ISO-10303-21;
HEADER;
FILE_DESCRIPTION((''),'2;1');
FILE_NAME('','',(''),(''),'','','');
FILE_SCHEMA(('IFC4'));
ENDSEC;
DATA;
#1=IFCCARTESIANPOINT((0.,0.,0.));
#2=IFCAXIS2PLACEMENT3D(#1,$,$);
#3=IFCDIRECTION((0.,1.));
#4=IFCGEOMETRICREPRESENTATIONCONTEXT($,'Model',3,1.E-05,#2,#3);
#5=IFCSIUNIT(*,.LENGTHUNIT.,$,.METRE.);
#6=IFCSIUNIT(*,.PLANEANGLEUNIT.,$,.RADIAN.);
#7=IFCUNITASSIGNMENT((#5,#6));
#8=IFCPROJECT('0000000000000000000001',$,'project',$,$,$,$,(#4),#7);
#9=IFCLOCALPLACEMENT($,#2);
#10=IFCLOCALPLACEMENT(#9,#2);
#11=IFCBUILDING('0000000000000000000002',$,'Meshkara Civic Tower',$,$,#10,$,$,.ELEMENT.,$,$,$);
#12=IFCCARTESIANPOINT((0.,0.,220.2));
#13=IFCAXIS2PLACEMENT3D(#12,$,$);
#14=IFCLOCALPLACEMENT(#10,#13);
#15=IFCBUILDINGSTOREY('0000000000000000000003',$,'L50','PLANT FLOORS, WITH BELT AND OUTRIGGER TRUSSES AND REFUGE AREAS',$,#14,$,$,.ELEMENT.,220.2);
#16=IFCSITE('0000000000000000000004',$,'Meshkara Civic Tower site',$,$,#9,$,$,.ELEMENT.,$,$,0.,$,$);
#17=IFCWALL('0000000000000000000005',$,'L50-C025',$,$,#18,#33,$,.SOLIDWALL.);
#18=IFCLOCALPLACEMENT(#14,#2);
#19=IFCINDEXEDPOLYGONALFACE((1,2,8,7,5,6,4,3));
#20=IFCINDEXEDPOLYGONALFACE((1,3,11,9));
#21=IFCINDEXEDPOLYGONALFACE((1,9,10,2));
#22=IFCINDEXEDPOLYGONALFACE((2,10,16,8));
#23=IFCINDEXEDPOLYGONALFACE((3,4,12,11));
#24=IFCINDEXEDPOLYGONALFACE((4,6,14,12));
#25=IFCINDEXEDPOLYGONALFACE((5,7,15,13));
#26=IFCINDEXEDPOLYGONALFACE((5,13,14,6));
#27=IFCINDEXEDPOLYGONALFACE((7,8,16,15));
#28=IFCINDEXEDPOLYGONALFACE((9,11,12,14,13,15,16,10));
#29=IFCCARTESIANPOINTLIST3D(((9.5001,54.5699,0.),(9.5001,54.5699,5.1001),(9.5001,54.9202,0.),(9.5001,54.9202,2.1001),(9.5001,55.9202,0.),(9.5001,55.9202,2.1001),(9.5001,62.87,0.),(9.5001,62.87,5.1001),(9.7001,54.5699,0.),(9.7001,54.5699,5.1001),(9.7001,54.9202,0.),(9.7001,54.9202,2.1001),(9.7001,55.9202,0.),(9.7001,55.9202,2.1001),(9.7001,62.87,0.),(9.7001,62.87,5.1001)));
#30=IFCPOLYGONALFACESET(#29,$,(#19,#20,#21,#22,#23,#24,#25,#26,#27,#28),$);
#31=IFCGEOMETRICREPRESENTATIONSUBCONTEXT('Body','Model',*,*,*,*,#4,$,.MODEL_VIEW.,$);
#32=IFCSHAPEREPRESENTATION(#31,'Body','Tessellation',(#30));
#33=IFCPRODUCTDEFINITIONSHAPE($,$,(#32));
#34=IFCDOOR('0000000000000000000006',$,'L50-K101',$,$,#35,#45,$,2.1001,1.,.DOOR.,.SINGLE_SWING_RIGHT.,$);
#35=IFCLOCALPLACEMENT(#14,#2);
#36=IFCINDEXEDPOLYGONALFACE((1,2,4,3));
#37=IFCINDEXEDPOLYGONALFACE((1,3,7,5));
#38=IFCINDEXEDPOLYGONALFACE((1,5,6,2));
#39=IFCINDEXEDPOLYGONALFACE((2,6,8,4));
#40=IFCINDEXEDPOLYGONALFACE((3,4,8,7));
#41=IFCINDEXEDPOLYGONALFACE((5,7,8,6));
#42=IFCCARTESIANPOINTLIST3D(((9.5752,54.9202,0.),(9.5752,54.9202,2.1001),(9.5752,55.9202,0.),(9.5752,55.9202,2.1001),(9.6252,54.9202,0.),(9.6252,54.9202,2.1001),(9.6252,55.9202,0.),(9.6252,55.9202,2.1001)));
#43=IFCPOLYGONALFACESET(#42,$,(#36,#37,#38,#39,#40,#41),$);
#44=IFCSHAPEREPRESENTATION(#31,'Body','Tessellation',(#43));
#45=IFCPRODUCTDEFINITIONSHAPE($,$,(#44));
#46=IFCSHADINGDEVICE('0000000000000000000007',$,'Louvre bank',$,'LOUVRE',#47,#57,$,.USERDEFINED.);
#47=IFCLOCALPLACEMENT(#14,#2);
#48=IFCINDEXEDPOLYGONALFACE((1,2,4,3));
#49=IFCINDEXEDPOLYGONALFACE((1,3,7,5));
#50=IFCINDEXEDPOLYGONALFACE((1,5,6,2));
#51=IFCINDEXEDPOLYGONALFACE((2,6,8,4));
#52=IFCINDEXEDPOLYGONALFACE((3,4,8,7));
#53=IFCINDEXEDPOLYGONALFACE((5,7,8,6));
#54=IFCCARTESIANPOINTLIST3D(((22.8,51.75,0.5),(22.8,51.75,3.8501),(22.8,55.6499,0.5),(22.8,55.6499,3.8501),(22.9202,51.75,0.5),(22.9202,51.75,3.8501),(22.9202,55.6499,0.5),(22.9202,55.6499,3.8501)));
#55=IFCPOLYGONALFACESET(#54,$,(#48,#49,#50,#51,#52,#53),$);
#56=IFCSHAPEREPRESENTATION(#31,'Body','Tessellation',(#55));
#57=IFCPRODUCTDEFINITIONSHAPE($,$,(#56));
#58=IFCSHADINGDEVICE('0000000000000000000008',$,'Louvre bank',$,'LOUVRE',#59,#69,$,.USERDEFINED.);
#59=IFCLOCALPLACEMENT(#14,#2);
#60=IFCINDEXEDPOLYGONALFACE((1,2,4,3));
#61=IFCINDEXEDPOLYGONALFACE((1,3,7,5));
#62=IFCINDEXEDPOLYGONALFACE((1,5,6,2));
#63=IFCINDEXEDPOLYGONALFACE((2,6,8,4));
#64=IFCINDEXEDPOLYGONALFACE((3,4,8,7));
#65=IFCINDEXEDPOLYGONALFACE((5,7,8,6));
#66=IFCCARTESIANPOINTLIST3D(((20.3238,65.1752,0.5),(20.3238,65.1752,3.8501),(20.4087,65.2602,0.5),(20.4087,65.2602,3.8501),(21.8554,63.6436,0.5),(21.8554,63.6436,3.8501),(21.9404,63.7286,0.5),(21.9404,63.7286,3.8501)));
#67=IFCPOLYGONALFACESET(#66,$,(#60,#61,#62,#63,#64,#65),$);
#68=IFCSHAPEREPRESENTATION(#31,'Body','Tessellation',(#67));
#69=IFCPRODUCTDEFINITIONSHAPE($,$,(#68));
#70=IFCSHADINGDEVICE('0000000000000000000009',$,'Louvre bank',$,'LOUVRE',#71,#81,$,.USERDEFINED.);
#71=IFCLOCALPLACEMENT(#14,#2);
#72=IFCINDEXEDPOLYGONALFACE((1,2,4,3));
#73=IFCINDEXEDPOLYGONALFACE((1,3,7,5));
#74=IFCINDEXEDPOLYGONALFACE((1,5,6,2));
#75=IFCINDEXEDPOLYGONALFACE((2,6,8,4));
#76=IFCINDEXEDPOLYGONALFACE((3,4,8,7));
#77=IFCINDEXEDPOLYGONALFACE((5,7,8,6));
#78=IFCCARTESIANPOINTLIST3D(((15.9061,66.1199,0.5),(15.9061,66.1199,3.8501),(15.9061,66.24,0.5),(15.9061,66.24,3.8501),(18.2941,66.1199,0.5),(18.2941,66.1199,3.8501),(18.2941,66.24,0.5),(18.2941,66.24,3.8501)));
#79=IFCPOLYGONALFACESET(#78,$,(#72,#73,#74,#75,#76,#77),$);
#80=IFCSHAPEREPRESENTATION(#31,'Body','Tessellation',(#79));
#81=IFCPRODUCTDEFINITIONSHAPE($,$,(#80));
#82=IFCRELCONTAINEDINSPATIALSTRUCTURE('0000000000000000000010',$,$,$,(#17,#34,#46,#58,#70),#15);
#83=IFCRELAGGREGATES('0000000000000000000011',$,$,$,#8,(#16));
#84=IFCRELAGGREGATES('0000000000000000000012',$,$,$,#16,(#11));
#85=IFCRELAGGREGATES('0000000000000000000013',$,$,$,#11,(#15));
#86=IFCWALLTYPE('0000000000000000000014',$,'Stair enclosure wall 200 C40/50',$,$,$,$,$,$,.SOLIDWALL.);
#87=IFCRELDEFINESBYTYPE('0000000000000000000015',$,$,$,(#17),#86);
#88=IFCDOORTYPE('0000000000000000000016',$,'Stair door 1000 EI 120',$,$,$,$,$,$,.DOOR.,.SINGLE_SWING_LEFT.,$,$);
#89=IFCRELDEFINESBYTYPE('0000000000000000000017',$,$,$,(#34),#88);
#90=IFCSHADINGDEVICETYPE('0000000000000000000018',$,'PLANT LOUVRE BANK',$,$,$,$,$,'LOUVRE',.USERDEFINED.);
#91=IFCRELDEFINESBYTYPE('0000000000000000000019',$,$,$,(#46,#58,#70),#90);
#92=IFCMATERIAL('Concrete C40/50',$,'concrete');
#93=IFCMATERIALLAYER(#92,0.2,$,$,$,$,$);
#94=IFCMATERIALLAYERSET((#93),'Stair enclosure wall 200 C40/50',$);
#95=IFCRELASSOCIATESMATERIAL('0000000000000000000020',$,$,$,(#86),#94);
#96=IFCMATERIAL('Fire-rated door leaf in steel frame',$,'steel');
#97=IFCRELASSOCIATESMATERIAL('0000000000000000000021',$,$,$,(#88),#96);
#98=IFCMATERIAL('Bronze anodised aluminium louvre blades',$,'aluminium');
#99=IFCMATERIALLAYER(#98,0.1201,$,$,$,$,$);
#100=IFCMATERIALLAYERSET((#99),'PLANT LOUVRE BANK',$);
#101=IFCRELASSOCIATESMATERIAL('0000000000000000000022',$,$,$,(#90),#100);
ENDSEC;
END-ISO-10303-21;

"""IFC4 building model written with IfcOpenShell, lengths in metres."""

from ifc_helpers import new_model, si_unit, direction, frame, frame_2d, origin, origin_2d, place, context, subcontext, project, spatial, rectangle, extrude, material, layer, layer_set, type_object, element, fill, save


model = new_model("IFC4")

# Units and contexts
model_context = context("Model", 3, precision=1e-05, world=origin(), true_north=direction((0.0, 1.0)))
body_context = subcontext(model_context, "Body", "Model", "MODEL_VIEW")
ifc_project = project(units=[si_unit("LENGTHUNIT", "METRE"), si_unit("PLANEANGLEUNIT", "RADIAN")], contexts=[model_context])

# Site, building, storey
site_placement = place(None, origin())
site = spatial("IfcSite", under=ifc_project, at=site_placement, Name="Meshkara Civic Tower site", CompositionType="ELEMENT", RefElevation=0.0)
building_placement = place(site_placement, origin())
building = spatial("IfcBuilding", under=site, at=building_placement, Name="Meshkara Civic Tower", CompositionType="ELEMENT")
storey_placement = place(building_placement, frame((0.0, 0.0, 220.2)))
storey = spatial("IfcBuildingStorey", under=building, at=storey_placement, Name="L50", Description="PLANT FLOORS, WITH BELT AND OUTRIGGER TRUSSES AND REFUGE AREAS", CompositionType="ELEMENT", Elevation=220.2)

# Wall, opening, door
ifc_material_1 = material(Name="Concrete C40/50", Category="concrete")
ifc_layer_1 = layer(ifc_material_1, 0.2)
ifc_layer_set_1 = layer_set([ifc_layer_1], Name="Stair enclosure wall 200 C40/50")
wall_type_1 = type_object("IfcWallType", Name="Stair enclosure wall 200 C40/50", PredefinedType="SOLIDWALL", material=ifc_layer_set_1)
wall_1_placement = place(storey_placement, frame((9.6001, 54.5701, 0.0), z_axis=(0.0, 0.0, 1.0), x_axis=(0.0, 1.0, 0.0)))
wall_1 = element("IfcWall", 1, at=wall_1_placement, inside=storey, type_object=wall_type_1, Name="L50-C025", PredefinedType="SOLIDWALL", context=body_context, shape_type="SweptSolid", body=[
    extrude(rectangle(XDim=8.3, YDim=0.2, at=frame_2d((4.1499, 0.0))), origin(), (0.0, 0.0, 1.0), 5.1001),
])
opening_placement = place(wall_1_placement, frame((0.3501, 0.0, 0.0)))
opening = element("IfcOpeningElement", 2, at=opening_placement, cuts=wall_1, PredefinedType="OPENING", context=body_context, shape_type="SweptSolid", body=[
    extrude(rectangle(XDim=1.0, YDim=2.1001, at=frame_2d((0.5, 1.05))), frame((0.0, 0.1099, 0.0), z_axis=(0.0, -1.0, 0.0), x_axis=(1.0, 0.0, 0.0)), (0.0, 0.0, 1.0), 0.22),
])
ifc_material_2 = material(Name="Fire-rated door leaf in steel frame", Category="steel")
door_type = type_object("IfcDoorType", Name="Stair door 1000 EI 120", OperationType="SINGLE_SWING_LEFT", PredefinedType="DOOR", material=ifc_material_2)
door_placement = place(opening_placement, origin())
door = element("IfcDoor", 3, at=door_placement, inside=storey, type_object=door_type, Name="L50-K101", OperationType="SINGLE_SWING_RIGHT", OverallHeight=2.1001, OverallWidth=1.0, PredefinedType="DOOR", context=body_context, shape_type="SweptSolid", body=[
    extrude(rectangle(XDim=1.0, YDim=2.1001, at=frame_2d((0.5, 1.05))), frame((0.0, 0.0249, 0.0), z_axis=(0.0, -1.0, 0.0), x_axis=(1.0, 0.0, 0.0)), (0.0, 0.0, 1.0), 0.05),
])
fill(opening, door)

# Shading devices
ifc_material_3 = material(Name="Bronze anodised aluminium louvre blades", Category="aluminium")
ifc_layer_2 = layer(ifc_material_3, 0.1201)
ifc_layer_set_2 = layer_set([ifc_layer_2], Name="PLANT LOUVRE BANK")
shading_device_type = type_object("IfcShadingDeviceType", Name="PLANT LOUVRE BANK", ElementType="LOUVRE", PredefinedType="USERDEFINED", material=ifc_layer_set_2)
shading_device_1_placement = place(storey_placement, frame((22.8601, 53.7, 0.5), z_axis=(0.0, 0.0, 1.0), x_axis=(0.0, 1.0, 0.0)))
element("IfcShadingDevice", 4, at=shading_device_1_placement, inside=storey, type_object=shading_device_type, Name="Louvre bank", ObjectType="LOUVRE", PredefinedType="USERDEFINED", context=body_context, shape_type="SweptSolid", body=[
    extrude(rectangle(XDim=3.8999, YDim=0.1201, at=origin_2d()), origin(), (0.0, 0.0, 1.0), 3.3501),
])
shading_device_2_placement = place(storey_placement, frame((21.1321, 64.4519, 0.5), z_axis=(0.0, 0.0, 1.0), x_axis=(-0.707107, 0.707107, 0.0)))
element("IfcShadingDevice", 5, at=shading_device_2_placement, inside=storey, type_object=shading_device_type, Name="Louvre bank", ObjectType="LOUVRE", PredefinedType="USERDEFINED", context=body_context, shape_type="SweptSolid", body=[
    extrude(rectangle(XDim=2.166, YDim=0.1201, at=origin_2d()), origin(), (0.0, 0.0, 1.0), 3.3501),
])
shading_device_3_placement = place(storey_placement, frame((17.1001, 66.1799, 0.5), z_axis=(0.0, 0.0, 1.0), x_axis=(-1.0, 0.0, 0.0)))
element("IfcShadingDevice", 6, at=shading_device_3_placement, inside=storey, type_object=shading_device_type, Name="Louvre bank", ObjectType="LOUVRE", PredefinedType="USERDEFINED", context=body_context, shape_type="SweptSolid", body=[
    extrude(rectangle(XDim=2.3879, YDim=0.1201, at=origin_2d()), origin(), (0.0, 0.0, 1.0), 3.3501),
])

save(model, "model.ifc")
